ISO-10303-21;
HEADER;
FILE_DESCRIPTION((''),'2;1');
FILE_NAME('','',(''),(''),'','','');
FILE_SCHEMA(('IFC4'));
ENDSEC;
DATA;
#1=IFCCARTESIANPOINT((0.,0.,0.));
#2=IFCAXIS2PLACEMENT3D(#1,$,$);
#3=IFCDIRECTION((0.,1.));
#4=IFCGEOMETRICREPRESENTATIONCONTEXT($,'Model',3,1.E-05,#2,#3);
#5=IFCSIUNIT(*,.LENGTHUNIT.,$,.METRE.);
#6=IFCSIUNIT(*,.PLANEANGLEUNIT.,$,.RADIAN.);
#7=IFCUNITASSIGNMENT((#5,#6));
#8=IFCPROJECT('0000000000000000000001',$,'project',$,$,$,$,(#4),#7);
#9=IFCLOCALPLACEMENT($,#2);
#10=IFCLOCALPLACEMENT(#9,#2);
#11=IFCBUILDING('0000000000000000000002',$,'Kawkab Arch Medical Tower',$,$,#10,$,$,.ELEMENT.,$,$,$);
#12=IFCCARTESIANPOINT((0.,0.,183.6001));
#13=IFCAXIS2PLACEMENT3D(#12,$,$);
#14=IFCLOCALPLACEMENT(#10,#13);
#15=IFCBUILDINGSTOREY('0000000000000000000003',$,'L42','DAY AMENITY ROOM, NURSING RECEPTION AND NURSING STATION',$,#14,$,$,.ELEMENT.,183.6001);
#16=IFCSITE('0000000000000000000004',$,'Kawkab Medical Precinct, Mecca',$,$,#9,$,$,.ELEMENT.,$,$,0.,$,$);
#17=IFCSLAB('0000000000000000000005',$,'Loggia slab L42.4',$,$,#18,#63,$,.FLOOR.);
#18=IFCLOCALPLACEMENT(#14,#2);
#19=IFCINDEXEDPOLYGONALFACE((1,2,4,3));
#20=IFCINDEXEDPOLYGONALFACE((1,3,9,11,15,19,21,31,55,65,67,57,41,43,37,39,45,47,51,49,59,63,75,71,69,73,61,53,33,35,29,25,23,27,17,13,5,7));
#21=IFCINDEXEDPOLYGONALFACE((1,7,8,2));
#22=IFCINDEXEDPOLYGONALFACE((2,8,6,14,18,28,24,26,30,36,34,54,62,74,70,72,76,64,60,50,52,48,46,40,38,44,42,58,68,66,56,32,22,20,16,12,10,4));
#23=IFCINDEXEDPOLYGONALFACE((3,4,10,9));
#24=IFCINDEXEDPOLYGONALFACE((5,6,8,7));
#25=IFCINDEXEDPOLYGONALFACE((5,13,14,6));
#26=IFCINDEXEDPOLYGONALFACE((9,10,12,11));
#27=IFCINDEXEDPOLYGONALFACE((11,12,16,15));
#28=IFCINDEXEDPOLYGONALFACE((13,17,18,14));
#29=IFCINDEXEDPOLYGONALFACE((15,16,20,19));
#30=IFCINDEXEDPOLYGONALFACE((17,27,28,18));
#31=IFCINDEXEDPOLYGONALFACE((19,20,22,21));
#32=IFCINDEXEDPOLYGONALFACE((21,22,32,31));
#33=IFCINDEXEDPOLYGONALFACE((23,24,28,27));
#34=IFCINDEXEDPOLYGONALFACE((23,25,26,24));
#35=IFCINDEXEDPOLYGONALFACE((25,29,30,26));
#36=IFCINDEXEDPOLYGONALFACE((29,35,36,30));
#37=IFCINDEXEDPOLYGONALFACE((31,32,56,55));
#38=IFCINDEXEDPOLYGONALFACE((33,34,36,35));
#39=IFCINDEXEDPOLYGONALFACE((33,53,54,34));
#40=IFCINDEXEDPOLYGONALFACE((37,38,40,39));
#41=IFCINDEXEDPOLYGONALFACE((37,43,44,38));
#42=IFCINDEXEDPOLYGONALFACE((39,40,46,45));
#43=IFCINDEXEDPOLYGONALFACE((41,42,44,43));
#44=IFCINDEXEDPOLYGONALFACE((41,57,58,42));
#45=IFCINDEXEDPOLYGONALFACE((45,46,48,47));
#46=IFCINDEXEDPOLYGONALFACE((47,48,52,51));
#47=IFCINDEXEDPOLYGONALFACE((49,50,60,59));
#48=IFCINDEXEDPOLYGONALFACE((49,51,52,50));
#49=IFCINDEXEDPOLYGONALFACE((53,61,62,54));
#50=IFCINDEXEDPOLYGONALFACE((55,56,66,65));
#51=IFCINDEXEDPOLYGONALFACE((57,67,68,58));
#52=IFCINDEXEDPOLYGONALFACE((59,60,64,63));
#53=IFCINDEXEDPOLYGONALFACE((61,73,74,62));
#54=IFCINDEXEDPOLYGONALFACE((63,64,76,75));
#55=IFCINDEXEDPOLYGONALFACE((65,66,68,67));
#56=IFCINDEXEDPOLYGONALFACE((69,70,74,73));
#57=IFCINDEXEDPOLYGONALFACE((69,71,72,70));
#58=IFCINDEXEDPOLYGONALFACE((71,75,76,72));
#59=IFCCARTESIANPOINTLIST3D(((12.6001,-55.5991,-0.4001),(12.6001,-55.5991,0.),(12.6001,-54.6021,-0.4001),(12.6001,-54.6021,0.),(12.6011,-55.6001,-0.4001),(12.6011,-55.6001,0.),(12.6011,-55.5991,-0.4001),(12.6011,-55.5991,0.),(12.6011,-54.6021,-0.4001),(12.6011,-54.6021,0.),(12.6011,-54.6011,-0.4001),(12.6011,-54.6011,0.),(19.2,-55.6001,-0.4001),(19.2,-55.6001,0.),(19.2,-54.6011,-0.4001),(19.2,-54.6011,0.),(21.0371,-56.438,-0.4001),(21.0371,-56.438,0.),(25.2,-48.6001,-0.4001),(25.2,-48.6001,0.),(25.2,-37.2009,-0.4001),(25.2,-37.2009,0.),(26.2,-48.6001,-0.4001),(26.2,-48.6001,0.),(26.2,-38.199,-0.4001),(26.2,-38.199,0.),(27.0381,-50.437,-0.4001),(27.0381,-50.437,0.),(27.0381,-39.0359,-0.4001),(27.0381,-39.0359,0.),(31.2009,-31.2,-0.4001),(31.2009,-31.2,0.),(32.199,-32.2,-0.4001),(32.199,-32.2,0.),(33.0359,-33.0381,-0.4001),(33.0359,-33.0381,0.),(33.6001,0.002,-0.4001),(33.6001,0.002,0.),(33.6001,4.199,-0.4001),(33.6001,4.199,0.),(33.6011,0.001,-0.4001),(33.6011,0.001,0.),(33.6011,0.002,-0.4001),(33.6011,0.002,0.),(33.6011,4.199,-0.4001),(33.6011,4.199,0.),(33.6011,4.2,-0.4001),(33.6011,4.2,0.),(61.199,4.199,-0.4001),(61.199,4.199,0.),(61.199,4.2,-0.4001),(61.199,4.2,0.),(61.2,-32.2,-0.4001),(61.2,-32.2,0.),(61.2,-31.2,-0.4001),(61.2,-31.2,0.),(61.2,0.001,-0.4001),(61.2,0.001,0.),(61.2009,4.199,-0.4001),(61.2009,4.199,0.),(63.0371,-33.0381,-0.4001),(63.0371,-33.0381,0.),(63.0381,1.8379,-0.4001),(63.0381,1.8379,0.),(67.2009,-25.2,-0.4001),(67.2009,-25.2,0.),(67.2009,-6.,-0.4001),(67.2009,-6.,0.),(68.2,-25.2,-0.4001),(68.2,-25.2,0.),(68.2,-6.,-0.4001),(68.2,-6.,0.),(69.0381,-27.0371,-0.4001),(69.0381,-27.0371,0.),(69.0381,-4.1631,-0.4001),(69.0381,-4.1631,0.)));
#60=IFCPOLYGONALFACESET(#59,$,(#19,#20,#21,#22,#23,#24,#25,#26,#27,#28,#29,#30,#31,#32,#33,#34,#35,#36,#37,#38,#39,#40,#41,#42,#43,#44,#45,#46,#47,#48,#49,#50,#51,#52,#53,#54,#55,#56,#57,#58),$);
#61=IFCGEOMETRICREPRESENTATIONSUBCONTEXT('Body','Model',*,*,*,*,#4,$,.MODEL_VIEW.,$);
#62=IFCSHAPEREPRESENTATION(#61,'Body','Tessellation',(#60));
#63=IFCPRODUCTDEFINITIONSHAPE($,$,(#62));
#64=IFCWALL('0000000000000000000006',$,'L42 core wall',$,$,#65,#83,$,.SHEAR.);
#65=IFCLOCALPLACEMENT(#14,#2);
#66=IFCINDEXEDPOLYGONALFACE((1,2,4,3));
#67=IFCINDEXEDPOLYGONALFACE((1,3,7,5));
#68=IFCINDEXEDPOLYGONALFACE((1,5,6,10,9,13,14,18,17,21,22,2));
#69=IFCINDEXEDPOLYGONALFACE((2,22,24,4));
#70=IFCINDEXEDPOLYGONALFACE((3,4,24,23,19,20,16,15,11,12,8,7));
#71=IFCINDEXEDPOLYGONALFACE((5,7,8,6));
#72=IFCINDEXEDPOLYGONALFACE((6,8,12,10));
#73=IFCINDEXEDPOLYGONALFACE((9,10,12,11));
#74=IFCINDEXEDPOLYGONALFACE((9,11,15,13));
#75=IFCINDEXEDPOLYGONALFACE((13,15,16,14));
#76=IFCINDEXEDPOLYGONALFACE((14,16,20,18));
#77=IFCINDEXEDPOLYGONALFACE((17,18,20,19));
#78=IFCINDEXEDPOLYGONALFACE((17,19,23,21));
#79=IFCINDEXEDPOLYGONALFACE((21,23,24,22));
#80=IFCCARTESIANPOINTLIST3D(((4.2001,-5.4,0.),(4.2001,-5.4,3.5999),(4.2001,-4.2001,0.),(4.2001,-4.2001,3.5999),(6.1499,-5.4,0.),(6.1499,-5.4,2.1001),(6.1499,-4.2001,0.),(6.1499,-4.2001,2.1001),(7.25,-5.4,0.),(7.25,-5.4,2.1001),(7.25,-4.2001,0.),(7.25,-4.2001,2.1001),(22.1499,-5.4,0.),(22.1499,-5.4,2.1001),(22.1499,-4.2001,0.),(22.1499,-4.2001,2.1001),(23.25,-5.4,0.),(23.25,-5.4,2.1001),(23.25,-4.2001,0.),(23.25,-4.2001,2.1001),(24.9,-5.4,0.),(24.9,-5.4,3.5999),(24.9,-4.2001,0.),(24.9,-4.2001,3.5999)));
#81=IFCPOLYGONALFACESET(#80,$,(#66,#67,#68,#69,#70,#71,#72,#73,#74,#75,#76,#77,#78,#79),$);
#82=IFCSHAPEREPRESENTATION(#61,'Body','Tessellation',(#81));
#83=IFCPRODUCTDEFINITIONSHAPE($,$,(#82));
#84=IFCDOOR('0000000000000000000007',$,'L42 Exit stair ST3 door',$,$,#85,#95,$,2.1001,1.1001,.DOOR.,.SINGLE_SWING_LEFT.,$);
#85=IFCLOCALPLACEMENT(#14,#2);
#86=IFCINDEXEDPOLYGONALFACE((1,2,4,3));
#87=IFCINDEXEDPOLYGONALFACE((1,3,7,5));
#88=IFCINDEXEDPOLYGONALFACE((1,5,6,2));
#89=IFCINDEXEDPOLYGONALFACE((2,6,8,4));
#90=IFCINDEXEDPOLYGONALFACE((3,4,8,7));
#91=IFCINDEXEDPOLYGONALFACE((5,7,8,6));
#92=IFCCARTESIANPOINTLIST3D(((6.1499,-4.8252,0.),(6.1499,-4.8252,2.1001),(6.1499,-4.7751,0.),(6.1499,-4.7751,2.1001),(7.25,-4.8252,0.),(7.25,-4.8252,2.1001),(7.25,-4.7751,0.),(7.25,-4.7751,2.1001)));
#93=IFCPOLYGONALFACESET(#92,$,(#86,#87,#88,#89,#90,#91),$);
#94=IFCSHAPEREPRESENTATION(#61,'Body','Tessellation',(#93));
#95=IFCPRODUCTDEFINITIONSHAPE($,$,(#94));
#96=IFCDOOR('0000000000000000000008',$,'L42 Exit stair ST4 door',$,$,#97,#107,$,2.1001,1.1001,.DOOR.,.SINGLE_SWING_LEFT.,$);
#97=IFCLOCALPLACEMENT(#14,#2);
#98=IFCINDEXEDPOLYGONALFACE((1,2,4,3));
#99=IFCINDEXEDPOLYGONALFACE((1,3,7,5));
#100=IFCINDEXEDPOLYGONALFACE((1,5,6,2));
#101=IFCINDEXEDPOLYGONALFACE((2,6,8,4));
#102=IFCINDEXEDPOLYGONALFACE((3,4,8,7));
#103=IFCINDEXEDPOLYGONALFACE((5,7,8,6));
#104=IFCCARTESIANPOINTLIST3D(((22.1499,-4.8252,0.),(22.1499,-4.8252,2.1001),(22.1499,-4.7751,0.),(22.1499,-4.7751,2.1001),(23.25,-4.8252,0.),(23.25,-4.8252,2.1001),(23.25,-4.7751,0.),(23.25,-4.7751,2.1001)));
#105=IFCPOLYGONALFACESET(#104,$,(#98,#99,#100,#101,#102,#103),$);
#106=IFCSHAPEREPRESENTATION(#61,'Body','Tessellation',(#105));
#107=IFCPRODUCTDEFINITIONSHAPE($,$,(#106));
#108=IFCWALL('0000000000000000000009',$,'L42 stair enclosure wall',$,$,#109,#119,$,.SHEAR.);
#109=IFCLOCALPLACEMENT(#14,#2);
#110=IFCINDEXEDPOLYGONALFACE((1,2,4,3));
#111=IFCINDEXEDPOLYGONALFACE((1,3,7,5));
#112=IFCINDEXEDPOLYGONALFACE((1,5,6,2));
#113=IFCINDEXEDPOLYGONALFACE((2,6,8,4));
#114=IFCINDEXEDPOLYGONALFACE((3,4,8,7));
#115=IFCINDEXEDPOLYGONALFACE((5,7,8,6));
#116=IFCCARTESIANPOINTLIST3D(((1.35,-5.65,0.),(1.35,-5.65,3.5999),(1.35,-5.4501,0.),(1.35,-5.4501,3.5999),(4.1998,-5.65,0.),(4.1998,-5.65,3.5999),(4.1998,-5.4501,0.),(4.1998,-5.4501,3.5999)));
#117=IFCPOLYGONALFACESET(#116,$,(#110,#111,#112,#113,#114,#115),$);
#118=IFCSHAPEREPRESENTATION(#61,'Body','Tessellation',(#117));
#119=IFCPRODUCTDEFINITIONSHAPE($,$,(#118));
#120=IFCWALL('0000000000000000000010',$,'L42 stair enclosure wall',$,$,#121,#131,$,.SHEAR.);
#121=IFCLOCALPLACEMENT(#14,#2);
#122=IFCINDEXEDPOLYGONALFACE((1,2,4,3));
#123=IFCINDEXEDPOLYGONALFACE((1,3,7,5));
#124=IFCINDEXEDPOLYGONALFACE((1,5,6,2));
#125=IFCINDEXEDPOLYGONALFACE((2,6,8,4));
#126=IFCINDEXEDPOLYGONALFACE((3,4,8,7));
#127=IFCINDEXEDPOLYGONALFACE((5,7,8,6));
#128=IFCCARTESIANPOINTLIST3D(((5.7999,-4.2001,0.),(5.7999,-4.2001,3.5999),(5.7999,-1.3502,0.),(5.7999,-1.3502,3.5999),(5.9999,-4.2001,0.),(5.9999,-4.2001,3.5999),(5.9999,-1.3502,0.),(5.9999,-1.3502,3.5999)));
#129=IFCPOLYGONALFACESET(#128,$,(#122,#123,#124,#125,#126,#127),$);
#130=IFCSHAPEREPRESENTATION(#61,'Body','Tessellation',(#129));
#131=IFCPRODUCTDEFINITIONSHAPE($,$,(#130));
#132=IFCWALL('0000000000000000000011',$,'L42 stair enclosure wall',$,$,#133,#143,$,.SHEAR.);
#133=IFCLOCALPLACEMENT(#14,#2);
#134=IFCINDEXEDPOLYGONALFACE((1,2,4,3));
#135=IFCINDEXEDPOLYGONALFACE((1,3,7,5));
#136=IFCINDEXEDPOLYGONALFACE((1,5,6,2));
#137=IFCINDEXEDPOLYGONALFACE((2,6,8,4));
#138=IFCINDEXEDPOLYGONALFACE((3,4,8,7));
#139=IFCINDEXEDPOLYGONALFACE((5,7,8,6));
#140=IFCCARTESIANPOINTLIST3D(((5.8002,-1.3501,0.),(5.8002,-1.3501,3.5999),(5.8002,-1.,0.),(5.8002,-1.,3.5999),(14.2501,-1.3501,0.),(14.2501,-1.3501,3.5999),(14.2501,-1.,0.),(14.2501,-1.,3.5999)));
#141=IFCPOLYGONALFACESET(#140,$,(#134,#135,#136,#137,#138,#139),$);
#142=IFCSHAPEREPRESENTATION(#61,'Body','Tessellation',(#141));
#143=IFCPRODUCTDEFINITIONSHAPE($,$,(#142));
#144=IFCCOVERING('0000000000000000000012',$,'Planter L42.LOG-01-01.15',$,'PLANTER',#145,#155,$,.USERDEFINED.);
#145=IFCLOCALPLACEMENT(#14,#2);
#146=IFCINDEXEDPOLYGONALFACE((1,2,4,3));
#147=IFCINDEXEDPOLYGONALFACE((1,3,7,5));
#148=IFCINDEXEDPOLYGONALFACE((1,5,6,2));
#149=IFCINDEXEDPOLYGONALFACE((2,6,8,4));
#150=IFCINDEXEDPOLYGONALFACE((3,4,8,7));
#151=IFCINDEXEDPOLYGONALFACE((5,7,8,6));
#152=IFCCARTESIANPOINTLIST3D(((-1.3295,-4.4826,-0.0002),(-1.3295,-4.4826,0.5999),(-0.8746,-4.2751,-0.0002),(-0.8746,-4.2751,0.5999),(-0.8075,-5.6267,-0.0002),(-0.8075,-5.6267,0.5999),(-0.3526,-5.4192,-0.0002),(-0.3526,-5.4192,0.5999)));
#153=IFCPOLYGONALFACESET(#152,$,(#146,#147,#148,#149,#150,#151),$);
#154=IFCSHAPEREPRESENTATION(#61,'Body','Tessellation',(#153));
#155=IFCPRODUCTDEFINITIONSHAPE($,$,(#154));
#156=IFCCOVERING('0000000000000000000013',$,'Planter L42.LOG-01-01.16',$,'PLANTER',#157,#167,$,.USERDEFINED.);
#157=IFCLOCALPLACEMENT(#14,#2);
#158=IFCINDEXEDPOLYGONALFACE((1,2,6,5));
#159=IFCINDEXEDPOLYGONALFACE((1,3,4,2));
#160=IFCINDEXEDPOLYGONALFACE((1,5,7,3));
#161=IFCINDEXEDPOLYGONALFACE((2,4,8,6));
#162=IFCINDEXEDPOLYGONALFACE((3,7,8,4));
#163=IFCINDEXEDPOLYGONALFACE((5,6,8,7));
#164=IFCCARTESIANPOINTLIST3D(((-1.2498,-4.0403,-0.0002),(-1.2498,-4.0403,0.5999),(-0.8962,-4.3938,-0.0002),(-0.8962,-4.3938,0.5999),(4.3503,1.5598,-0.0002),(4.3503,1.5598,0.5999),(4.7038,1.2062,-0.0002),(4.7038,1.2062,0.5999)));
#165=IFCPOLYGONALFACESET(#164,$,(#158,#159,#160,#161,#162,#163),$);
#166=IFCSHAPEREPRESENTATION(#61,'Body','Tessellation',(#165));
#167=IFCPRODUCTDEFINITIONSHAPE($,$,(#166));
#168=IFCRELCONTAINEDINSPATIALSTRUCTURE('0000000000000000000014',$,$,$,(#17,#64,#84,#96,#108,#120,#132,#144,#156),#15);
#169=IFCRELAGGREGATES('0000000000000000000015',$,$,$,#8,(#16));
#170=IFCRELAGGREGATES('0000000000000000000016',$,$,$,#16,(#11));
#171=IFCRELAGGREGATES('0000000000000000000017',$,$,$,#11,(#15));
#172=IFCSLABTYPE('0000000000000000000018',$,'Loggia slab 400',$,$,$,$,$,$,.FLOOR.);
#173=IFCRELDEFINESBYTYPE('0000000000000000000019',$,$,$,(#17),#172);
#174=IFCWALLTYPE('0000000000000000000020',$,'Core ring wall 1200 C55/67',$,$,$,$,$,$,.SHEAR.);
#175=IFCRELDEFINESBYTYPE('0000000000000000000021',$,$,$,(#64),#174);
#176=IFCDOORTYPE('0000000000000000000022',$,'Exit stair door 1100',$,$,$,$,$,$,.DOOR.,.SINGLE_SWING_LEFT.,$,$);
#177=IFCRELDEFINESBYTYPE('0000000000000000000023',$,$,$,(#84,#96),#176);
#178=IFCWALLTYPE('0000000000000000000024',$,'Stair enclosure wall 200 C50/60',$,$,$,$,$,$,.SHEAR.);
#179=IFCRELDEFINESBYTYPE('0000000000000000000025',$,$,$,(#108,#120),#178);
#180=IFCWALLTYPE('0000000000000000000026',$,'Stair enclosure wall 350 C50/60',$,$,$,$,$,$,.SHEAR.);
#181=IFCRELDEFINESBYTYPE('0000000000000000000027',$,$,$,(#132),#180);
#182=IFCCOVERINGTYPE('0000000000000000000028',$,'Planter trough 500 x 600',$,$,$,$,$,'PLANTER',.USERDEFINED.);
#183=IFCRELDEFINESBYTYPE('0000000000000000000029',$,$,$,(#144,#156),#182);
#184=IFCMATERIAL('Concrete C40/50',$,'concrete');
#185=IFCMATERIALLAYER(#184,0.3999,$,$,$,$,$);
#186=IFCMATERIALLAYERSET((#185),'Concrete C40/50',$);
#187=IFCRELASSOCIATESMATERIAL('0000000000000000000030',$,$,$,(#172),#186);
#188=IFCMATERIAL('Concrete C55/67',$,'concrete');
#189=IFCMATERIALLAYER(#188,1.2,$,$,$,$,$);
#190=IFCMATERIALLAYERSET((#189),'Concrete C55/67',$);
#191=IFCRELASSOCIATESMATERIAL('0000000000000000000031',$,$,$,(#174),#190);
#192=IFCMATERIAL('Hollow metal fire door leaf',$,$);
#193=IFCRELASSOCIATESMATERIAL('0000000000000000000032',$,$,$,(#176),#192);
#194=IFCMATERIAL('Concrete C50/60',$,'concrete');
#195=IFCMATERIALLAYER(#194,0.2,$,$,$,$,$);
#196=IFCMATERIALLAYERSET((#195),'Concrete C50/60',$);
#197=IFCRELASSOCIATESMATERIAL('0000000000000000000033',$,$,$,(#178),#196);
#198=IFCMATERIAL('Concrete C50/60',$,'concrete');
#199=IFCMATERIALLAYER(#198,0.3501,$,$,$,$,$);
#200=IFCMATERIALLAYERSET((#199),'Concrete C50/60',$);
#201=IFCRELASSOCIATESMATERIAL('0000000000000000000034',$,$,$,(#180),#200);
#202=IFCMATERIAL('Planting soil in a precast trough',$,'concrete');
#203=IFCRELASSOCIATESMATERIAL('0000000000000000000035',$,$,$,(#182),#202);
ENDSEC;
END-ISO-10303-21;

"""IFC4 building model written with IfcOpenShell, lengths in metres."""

from ifc_helpers import new_model, si_unit, direction, frame, frame_2d, origin, origin_2d, place, context, subcontext, project, spatial, polyline, rectangle, outline, extrude, material, layer, layer_set, material_profile, profile_set, type_object, element, fill, save


model = new_model("IFC4")

# Units and contexts
model_context = context("Model", 3, precision=1e-05, world=origin(), true_north=direction((0.0, 1.0)))
body_context = subcontext(model_context, "Body", "Model", "MODEL_VIEW")
ifc_project = project(units=[si_unit("LENGTHUNIT", "METRE"), si_unit("PLANEANGLEUNIT", "RADIAN")], contexts=[model_context])

# Site, building, storey
site_placement = place(None, origin())
site = spatial("IfcSite", under=ifc_project, at=site_placement, Name="Kawkab Medical Precinct, Mecca", CompositionType="ELEMENT", RefElevation=0.0)
building_placement = place(site_placement, origin())
building = spatial("IfcBuilding", under=site, at=building_placement, Name="Kawkab Arch Medical Tower", CompositionType="ELEMENT")
storey_placement = place(building_placement, frame((0.0, 0.0, 183.6001)))
storey = spatial("IfcBuildingStorey", under=building, at=storey_placement, Name="L42", Description="DAY AMENITY ROOM, NURSING RECEPTION AND NURSING STATION", CompositionType="ELEMENT", Elevation=183.6001)

# Slab
ifc_material_1 = material(Name="Concrete C40/50", Category="concrete")
ifc_layer_1 = layer(ifc_material_1, 0.3999)
ifc_layer_set_1 = layer_set([ifc_layer_1], Name="Concrete C40/50")
slab_type_1 = type_object("IfcSlabType", Name="Loggia slab 400", PredefinedType="FLOOR", material=ifc_layer_set_1)
placement_1 = place(storey_placement, frame((0.0, 0.0, -0.4001)))
element("IfcSlab", 1, at=placement_1, inside=storey, type_object=slab_type_1, Name="Loggia slab L42.4", PredefinedType="FLOOR", context=body_context, shape_type="SweptSolid", body=[
    extrude(outline(polyline([(12.6011, -55.6001), (12.6011, -55.5991), (12.6001, -55.5991), (12.6001, -54.6021), (12.6011, -54.6021), (12.6011, -54.6011), (19.2, -54.6011), (25.2, -48.6001), (25.2, -37.2009), (31.2009, -31.2), (61.2, -31.2), (67.2009, -25.2), (67.2009, -6.0), (61.2, 0.001), (33.6011, 0.001), (33.6011, 0.002), (33.6001, 0.002), (33.6001, 4.199), (33.6011, 4.199), (33.6011, 4.2), (61.199, 4.2), (61.199, 4.199), (61.2009, 4.199), (63.0381, 1.8379), (69.0381, -4.1631), (68.2, -6.0), (68.2, -25.2), (69.0381, -27.0371), (63.0371, -33.0381), (61.2, -32.2), (32.199, -32.2), (33.0359, -33.0381), (27.0381, -39.0359), (26.2, -38.199), (26.2, -48.6001), (27.0381, -50.437), (21.0371, -56.438), (19.2, -55.6001), (12.6011, -55.6001)])), origin(), (0.0, 0.0, 1.0), 0.4001),
])

# Wall, openings, doors
ifc_material_2 = material(Name="Concrete C55/67", Category="concrete")
ifc_layer_2 = layer(ifc_material_2, 1.2)
ifc_layer_set_2 = layer_set([ifc_layer_2], Name="Concrete C55/67")
wall_type_1 = type_object("IfcWallType", Name="Core ring wall 1200 C55/67", PredefinedType="SHEAR", material=ifc_layer_set_2)
wall_1_placement = place(storey_placement, frame((4.2, -4.8, 0.0), z_axis=(0.0, 0.0, 1.0), x_axis=(1.0, 0.0, 0.0)))
wall_1 = element("IfcWall", 2, at=wall_1_placement, inside=storey, type_object=wall_type_1, Name="L42 core wall", PredefinedType="SHEAR", context=body_context, shape_type="SweptSolid", body=[
    extrude(rectangle(XDim=20.7, YDim=1.2, at=frame_2d((10.3501, 0.0))), origin(), (0.0, 0.0, 1.0), 3.5999),
])
opening_1_placement = place(wall_1_placement, frame((1.95, 0.0, 0.0)))
opening_1 = element("IfcOpeningElement", 3, at=opening_1_placement, cuts=wall_1, PredefinedType="OPENING", context=body_context, shape_type="SweptSolid", body=[
    extrude(rectangle(XDim=1.1001, YDim=2.1001, at=frame_2d((0.55, 1.05))), frame((0.0, 0.6099, 0.0), z_axis=(0.0, -1.0, 0.0), x_axis=(1.0, 0.0, 0.0)), (0.0, 0.0, 1.0), 1.22),
])
opening_2_placement = place(wall_1_placement, frame((17.95, 0.0, 0.0)))
opening_2 = element("IfcOpeningElement", 4, at=opening_2_placement, cuts=wall_1, PredefinedType="OPENING", context=body_context, shape_type="SweptSolid", body=[
    extrude(rectangle(XDim=1.1001, YDim=2.1001, at=frame_2d((0.55, 1.05))), frame((0.0, 0.6099, 0.0), z_axis=(0.0, -1.0, 0.0), x_axis=(1.0, 0.0, 0.0)), (0.0, 0.0, 1.0), 1.22),
])
ifc_material_3 = material(Name="Hollow metal fire door leaf")
door_type = type_object("IfcDoorType", Name="Exit stair door 1100", OperationType="SINGLE_SWING_LEFT", PredefinedType="DOOR", material=ifc_material_3)
door_1_placement = place(opening_1_placement, origin())
door_1 = element("IfcDoor", 5, at=door_1_placement, inside=storey, type_object=door_type, Name="L42 Exit stair ST3 door", OperationType="SINGLE_SWING_LEFT", OverallHeight=2.1001, OverallWidth=1.1001, PredefinedType="DOOR", context=body_context, shape_type="SweptSolid", body=[
    extrude(rectangle(XDim=1.1001, YDim=2.1001, at=frame_2d((0.55, 1.05))), frame((0.0, 0.0249, 0.0), z_axis=(0.0, -1.0, 0.0), x_axis=(1.0, 0.0, 0.0)), (0.0, 0.0, 1.0), 0.05),
])
fill(opening_1, door_1)
door_2_placement = place(opening_2_placement, origin())
door_2 = element("IfcDoor", 6, at=door_2_placement, inside=storey, type_object=door_type, Name="L42 Exit stair ST4 door", OperationType="SINGLE_SWING_LEFT", OverallHeight=2.1001, OverallWidth=1.1001, PredefinedType="DOOR", context=body_context, shape_type="SweptSolid", body=[
    extrude(rectangle(XDim=1.1001, YDim=2.1001, at=frame_2d((0.55, 1.05))), frame((0.0, 0.0249, 0.0), z_axis=(0.0, -1.0, 0.0), x_axis=(1.0, 0.0, 0.0)), (0.0, 0.0, 1.0), 0.05),
])
fill(opening_2, door_2)

# Walls
ifc_material_4 = material(Name="Concrete C50/60", Category="concrete")
ifc_layer_3 = layer(ifc_material_4, 0.2)
ifc_layer_set_3 = layer_set([ifc_layer_3], Name="Concrete C50/60")
wall_type_2 = type_object("IfcWallType", Name="Stair enclosure wall 200 C50/60", PredefinedType="SHEAR", material=ifc_layer_set_3)
for number, where, z_axis, x_axis, name in (
    (7, (1.3501, -5.55, 0.0), (0.0, 0.0, 1.0), (1.0, 0.0, 0.0), "L42 stair enclosure wall"),
    (8, (5.8999, -4.2, 0.0), (0.0, 0.0, 1.0), (0.0, 1.0, 0.0), "L42 stair enclosure wall"),
):
    element("IfcWall", number, at=place(storey_placement, frame(where, z_axis=z_axis, x_axis=x_axis)), inside=storey, type_object=wall_type_2, Name=name, PredefinedType="SHEAR", context=body_context, shape_type="SweptSolid", body=[
        extrude(rectangle(XDim=2.8499, YDim=0.2, at=frame_2d((1.4248, 0.0))), origin(), (0.0, 0.0, 1.0), 3.5999),
    ])
ifc_material_5 = material(Name="Concrete C50/60", Category="concrete")
ifc_layer_4 = layer(ifc_material_5, 0.3501)
ifc_layer_set_4 = layer_set([ifc_layer_4], Name="Concrete C50/60")
wall_type_3 = type_object("IfcWallType", Name="Stair enclosure wall 350 C50/60", PredefinedType="SHEAR", material=ifc_layer_set_4)
wall_2_placement = place(storey_placement, frame((5.8, -1.175, 0.0), z_axis=(0.0, 0.0, 1.0), x_axis=(1.0, 0.0, 0.0)))
element("IfcWall", 9, at=wall_2_placement, inside=storey, type_object=wall_type_3, Name="L42 stair enclosure wall", PredefinedType="SHEAR", context=body_context, shape_type="SweptSolid", body=[
    extrude(rectangle(XDim=8.45, YDim=0.3501, at=frame_2d((4.2251, 0.0))), origin(), (0.0, 0.0, 1.0), 3.5999),
])

# Coverings
ifc_material_6 = material(Name="Planting soil in a precast trough", Category="concrete")
ifc_material_profile_1 = material_profile(ifc_material_6, rectangle(XDim=0.5, YDim=0.6001, at=origin_2d()), Name="Trough 500x600")
ifc_profile_set_1 = profile_set([ifc_material_profile_1], Name="Planting soil in a precast trough")
covering_type = type_object("IfcCoveringType", Name="Planter trough 500 x 600", ElementType="PLANTER", PredefinedType="USERDEFINED", material=ifc_profile_set_1)
covering_1_placement = place(storey_placement, frame((-0.5801, -5.5229, 0.2998), z_axis=(-0.41509, 0.90978, 0.0), x_axis=(-0.90978, -0.41509, 0.0)))
element("IfcCovering", 10, at=covering_1_placement, inside=storey, type_object=covering_type, Name="Planter L42.LOG-01-01.15", ObjectType="PLANTER", PredefinedType="USERDEFINED", context=body_context, shape_type="SweptSolid", body=[
    extrude(rectangle(XDim=0.5, YDim=0.6001, at=origin_2d()), origin(), (0.0, 0.0, 1.0), 1.2576),
])
covering_2_placement = place(storey_placement, frame((-1.073, -4.217, 0.2998), z_axis=(0.707107, 0.707107, 0.0), x_axis=(-0.707107, 0.707107, 0.0)))
element("IfcCovering", 11, at=covering_2_placement, inside=storey, type_object=covering_type, Name="Planter L42.LOG-01-01.16", ObjectType="PLANTER", PredefinedType="USERDEFINED", context=body_context, shape_type="SweptSolid", body=[
    extrude(rectangle(XDim=0.5, YDim=0.6001, at=origin_2d()), origin(), (0.0, 0.0, 1.0), 7.9197),
])

save(model, "model.ifc")
